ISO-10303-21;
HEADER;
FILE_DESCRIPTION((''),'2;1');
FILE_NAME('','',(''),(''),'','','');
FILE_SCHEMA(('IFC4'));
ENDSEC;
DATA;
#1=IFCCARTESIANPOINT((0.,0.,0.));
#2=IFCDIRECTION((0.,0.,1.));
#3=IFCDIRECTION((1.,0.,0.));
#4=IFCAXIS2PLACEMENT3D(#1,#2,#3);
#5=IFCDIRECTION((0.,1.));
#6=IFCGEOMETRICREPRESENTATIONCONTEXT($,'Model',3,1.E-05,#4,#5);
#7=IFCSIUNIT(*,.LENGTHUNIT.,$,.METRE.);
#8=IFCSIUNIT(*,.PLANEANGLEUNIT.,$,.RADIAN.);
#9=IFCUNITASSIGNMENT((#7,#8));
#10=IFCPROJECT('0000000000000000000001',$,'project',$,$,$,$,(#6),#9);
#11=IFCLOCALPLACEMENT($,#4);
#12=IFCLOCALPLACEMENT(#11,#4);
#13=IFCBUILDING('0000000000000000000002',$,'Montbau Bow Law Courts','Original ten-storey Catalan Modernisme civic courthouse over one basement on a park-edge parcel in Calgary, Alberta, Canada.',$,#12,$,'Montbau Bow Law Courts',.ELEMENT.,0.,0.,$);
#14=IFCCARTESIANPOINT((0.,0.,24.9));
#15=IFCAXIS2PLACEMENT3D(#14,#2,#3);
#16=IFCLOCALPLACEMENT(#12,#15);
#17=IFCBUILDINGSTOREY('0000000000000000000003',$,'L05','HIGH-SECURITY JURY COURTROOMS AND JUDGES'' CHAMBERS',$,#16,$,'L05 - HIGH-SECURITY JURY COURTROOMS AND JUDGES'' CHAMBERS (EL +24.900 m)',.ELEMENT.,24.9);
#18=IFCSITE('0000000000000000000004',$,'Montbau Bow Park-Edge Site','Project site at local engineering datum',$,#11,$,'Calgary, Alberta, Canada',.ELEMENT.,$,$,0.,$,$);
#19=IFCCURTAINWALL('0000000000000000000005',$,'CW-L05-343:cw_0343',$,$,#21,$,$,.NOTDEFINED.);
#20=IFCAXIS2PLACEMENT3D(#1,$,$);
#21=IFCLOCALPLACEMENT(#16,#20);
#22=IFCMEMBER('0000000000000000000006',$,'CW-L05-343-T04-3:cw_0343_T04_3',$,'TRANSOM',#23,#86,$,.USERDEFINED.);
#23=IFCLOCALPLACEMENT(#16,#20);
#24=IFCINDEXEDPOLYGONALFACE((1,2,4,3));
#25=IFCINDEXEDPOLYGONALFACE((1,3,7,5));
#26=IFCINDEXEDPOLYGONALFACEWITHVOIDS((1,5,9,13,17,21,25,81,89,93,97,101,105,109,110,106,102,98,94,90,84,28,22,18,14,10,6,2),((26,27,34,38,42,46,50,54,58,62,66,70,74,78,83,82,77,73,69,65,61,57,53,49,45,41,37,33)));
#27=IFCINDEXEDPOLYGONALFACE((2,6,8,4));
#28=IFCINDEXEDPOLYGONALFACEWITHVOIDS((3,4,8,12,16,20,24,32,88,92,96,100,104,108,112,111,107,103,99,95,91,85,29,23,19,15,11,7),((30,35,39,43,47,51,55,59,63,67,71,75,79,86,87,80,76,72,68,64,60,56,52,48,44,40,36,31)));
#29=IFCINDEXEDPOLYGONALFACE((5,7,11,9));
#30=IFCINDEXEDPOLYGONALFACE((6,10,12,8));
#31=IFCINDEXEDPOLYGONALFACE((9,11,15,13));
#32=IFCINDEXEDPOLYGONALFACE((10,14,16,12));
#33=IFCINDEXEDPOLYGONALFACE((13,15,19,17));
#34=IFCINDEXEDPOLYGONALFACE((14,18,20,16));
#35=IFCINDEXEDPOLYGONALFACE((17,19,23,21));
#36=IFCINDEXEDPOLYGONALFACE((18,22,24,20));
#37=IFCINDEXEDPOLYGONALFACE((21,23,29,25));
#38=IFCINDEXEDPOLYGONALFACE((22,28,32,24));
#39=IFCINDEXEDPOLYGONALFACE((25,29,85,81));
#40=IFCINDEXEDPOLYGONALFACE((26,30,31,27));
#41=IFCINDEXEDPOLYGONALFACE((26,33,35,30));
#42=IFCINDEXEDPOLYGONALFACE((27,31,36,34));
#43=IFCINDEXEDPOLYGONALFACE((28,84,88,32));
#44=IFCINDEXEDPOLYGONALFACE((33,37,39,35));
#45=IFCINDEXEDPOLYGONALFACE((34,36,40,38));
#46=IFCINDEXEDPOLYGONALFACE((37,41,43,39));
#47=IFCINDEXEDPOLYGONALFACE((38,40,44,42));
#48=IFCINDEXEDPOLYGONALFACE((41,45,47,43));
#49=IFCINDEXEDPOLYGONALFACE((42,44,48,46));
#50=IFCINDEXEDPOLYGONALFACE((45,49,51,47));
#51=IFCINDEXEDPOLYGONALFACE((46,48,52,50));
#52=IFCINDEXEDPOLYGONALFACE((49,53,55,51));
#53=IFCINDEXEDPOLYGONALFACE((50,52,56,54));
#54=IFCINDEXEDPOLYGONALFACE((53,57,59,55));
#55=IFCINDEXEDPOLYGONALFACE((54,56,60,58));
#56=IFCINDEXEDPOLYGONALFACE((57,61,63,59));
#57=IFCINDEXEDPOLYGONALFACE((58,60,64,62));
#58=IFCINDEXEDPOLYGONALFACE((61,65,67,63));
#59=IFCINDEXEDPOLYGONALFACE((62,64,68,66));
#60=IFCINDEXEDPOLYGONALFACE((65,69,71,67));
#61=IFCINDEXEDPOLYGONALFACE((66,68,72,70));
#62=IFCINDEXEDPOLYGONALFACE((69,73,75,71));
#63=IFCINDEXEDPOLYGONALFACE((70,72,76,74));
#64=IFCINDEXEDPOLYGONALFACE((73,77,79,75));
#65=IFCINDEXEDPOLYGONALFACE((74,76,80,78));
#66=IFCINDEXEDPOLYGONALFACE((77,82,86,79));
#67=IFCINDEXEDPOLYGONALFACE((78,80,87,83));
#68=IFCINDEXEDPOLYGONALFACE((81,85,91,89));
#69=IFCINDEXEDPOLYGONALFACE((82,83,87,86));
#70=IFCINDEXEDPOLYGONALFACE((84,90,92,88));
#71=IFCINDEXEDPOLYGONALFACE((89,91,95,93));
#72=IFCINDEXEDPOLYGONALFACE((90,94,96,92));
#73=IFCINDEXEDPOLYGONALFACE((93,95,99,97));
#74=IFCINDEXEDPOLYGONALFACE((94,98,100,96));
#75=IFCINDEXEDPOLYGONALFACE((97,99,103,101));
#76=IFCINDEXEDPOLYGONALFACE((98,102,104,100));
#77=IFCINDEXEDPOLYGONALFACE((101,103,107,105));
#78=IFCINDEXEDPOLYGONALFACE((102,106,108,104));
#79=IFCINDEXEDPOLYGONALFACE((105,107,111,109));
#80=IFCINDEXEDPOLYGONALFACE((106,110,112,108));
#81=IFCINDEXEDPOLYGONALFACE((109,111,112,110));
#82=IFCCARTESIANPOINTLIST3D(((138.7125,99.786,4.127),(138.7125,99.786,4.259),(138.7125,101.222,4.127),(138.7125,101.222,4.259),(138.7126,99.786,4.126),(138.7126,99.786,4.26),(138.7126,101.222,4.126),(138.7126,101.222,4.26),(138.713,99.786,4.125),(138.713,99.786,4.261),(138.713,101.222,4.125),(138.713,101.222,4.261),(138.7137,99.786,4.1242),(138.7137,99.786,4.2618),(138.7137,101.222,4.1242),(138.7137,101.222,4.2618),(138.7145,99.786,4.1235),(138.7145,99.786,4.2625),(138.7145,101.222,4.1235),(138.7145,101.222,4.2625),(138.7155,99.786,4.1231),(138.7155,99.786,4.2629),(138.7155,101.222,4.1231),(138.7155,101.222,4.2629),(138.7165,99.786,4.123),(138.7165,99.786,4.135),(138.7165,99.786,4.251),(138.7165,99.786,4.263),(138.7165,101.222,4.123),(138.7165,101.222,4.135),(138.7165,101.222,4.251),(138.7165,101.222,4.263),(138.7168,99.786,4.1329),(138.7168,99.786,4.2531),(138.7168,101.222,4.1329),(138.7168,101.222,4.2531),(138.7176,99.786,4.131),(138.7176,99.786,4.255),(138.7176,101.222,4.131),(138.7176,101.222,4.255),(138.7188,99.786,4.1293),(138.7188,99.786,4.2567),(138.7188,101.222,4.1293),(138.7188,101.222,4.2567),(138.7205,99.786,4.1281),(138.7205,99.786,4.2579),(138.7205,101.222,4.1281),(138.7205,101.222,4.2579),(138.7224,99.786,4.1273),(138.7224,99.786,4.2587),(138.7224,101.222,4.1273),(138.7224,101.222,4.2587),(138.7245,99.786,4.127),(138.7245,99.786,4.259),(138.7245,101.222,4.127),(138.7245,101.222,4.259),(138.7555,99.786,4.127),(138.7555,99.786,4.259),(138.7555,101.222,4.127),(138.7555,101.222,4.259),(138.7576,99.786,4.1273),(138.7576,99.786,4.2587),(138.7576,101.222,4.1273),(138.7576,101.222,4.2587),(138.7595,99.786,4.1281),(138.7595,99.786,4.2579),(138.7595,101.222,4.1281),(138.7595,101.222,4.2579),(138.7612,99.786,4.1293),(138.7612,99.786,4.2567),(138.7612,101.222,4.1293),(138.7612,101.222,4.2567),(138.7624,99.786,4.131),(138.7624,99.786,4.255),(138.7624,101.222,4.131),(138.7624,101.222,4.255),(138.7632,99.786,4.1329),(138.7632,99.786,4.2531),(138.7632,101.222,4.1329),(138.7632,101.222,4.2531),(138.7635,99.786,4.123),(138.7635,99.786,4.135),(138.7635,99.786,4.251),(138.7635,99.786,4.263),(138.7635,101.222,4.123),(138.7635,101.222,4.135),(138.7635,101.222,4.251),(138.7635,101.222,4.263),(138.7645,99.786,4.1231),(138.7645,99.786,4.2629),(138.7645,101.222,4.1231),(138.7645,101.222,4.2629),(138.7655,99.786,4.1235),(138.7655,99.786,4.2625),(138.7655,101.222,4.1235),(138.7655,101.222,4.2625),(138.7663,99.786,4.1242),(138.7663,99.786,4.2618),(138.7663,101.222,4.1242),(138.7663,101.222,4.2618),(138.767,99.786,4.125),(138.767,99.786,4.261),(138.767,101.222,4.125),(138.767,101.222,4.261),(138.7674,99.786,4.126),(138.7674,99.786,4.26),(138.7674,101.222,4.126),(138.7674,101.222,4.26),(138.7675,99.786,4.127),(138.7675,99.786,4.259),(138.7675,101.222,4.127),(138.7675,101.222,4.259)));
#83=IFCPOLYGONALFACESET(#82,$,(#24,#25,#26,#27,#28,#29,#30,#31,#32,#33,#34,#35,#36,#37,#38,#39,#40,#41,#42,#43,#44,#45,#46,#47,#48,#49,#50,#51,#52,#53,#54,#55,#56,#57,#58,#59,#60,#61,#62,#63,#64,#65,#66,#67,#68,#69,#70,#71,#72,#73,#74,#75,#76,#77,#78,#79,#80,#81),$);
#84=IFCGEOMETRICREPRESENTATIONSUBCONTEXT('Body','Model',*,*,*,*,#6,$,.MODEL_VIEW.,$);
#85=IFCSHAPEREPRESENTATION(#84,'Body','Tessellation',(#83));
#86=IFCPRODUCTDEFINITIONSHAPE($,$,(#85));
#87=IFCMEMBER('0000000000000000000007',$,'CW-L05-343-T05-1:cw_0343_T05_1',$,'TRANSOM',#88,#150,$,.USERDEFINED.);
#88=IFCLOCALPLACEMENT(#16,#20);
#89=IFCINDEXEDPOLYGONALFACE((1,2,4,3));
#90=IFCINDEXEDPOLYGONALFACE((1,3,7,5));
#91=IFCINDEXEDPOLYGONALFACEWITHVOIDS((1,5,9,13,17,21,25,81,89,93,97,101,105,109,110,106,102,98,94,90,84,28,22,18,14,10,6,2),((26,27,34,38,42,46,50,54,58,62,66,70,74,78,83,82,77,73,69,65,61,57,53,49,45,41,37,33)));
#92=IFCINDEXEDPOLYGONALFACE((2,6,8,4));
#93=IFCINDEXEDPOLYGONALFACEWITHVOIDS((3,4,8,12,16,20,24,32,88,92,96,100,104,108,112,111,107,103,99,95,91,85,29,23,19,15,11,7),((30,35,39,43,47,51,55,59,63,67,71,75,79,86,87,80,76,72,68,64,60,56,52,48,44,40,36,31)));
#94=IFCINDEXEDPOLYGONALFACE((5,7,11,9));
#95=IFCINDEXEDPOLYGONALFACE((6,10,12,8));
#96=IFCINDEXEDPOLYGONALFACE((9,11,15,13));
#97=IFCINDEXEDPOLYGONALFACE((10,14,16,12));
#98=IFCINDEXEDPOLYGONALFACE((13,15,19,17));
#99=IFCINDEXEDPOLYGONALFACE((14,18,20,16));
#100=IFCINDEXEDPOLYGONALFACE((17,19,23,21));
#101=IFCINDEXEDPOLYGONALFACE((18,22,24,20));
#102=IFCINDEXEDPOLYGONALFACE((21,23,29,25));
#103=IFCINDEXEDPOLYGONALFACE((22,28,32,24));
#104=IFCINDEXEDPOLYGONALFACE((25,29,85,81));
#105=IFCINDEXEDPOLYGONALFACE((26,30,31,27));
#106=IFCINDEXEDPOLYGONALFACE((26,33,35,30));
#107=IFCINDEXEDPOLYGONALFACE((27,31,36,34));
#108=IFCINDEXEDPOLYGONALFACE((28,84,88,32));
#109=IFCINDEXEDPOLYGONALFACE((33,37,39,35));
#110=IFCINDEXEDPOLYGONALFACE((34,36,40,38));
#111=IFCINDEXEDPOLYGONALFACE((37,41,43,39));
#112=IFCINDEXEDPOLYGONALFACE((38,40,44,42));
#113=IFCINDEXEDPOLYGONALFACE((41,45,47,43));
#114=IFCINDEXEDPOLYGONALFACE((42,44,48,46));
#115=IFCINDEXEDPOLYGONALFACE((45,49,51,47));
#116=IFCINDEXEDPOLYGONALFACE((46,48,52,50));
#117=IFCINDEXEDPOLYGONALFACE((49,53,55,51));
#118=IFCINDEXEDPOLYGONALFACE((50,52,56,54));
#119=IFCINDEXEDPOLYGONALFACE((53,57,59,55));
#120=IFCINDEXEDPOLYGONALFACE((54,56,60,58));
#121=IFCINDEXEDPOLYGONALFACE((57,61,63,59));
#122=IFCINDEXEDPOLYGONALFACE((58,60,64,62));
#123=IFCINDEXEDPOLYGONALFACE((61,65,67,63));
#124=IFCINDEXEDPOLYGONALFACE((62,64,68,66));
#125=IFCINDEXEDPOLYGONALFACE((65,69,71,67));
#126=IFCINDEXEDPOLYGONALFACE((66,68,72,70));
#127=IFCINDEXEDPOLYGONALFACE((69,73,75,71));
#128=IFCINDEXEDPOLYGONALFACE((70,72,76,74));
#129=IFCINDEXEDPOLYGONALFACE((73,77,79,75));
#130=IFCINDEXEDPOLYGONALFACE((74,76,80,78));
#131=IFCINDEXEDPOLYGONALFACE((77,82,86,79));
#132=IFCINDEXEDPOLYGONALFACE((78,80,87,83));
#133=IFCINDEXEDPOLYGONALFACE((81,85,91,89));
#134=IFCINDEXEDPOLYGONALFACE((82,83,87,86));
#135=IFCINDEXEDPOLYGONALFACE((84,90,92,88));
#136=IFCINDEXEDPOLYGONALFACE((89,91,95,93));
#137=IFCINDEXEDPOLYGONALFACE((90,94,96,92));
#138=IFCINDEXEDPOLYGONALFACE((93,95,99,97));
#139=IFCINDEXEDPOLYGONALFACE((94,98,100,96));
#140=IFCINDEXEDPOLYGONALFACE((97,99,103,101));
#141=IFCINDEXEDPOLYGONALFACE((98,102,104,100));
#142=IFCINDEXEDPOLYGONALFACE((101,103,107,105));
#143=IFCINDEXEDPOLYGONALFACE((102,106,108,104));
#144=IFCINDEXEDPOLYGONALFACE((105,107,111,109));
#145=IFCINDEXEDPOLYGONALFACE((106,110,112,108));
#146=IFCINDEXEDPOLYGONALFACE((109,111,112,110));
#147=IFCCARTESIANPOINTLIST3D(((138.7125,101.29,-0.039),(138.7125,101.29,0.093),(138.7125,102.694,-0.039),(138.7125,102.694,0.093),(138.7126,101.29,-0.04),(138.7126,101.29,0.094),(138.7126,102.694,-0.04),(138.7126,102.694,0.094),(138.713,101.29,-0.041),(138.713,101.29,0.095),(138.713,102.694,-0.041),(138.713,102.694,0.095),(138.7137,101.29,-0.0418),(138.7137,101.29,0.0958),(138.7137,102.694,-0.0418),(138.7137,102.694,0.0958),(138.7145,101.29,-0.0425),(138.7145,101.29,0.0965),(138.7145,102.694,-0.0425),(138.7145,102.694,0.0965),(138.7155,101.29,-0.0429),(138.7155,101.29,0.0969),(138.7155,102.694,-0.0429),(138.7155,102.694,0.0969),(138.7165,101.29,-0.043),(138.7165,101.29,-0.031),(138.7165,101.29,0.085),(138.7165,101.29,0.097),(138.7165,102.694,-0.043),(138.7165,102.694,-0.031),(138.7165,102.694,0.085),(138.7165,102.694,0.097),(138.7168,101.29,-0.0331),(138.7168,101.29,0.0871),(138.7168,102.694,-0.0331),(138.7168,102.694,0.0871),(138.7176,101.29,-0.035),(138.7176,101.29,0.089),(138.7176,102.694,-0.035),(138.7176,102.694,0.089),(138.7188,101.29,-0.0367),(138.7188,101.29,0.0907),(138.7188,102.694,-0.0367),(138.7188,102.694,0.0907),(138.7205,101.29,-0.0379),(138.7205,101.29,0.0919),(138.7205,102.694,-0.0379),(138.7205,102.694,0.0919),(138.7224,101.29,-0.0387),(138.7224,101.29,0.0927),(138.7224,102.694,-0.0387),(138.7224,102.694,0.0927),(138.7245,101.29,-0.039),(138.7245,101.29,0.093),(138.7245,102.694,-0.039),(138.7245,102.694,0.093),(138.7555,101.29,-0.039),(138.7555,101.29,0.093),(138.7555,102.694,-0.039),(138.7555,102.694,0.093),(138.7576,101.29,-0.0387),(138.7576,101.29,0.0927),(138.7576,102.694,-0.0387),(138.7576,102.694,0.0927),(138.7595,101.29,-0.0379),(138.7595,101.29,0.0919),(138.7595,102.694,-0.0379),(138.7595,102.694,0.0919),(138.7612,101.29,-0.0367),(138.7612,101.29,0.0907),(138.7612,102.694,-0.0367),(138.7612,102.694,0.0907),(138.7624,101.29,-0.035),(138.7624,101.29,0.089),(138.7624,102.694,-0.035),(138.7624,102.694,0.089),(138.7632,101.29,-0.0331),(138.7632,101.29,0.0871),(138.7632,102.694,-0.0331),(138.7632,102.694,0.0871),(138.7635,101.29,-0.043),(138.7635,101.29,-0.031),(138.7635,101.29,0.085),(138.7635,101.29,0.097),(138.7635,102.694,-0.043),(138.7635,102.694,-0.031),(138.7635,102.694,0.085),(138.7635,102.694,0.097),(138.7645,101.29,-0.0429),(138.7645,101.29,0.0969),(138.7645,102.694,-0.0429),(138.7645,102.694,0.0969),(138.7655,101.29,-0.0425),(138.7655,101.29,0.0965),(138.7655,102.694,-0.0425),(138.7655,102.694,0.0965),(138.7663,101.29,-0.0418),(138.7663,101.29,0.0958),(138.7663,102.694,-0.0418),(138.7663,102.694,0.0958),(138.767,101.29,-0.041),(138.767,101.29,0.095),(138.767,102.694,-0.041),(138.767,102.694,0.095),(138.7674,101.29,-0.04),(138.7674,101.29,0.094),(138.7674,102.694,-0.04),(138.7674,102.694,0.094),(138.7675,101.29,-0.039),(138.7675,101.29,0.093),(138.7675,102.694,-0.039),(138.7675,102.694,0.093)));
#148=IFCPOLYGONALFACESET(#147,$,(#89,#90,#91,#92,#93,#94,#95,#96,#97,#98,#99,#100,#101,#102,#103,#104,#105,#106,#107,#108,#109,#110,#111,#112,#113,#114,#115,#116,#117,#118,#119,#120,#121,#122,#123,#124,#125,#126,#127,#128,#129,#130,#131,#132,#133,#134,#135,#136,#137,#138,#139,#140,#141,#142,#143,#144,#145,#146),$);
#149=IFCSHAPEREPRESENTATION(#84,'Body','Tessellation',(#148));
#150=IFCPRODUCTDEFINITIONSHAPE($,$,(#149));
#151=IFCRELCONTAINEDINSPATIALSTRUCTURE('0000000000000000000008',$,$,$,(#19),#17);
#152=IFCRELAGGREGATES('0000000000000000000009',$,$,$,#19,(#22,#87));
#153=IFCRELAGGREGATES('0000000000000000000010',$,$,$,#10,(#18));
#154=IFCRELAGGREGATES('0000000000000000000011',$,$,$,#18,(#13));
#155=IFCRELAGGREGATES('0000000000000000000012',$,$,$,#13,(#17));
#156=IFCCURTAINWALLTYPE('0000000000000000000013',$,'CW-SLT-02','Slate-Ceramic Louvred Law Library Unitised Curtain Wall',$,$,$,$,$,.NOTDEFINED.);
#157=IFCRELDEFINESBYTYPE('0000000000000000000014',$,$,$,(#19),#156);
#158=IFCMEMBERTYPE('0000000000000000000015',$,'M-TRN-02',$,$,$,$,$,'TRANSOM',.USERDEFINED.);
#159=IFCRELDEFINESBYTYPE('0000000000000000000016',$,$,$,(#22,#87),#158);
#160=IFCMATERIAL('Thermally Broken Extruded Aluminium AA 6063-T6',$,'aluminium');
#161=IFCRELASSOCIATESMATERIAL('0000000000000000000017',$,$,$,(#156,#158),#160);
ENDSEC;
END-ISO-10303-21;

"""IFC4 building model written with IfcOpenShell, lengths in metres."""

from ifc_helpers import new_model, si_unit, direction, frame, origin_with_axes, origin_2d_with_axis, place, context, subcontext, project, spatial, hollow_rectangle, extrude, material, material_profile, profile_set, type_object, element, aggregate, save


model = new_model("IFC4")

# Units and contexts
model_context = context("Model", 3, precision=1e-05, world=origin_with_axes(), true_north=direction((0.0, 1.0)))
body_context = subcontext(model_context, "Body", "Model", "MODEL_VIEW")
ifc_project = project(units=[si_unit("LENGTHUNIT", "METRE"), si_unit("PLANEANGLEUNIT", "RADIAN")], contexts=[model_context])

# Site, building, storey
site_placement = place(None, origin_with_axes())
site = spatial("IfcSite", under=ifc_project, at=site_placement, Name="Montbau Bow Park-Edge Site", Description="Project site at local engineering datum", LongName="Calgary, Alberta, Canada", CompositionType="ELEMENT", RefElevation=0.0)
building_placement = place(site_placement, origin_with_axes())
building = spatial("IfcBuilding", under=site, at=building_placement, Name="Montbau Bow Law Courts", Description="Original ten-storey Catalan Modernisme civic courthouse over one basement on a park-edge parcel in Calgary, Alberta, Canada.", LongName="Montbau Bow Law Courts", CompositionType="ELEMENT", ElevationOfRefHeight=0.0, ElevationOfTerrain=0.0)
storey_placement = place(building_placement, frame((0.0, 0.0, 24.9), z_axis=(0.0, 0.0, 1.0), x_axis=(1.0, 0.0, 0.0)))
storey = spatial("IfcBuildingStorey", under=building, at=storey_placement, Name="L05", Description="HIGH-SECURITY JURY COURTROOMS AND JUDGES' CHAMBERS", LongName="L05 - HIGH-SECURITY JURY COURTROOMS AND JUDGES' CHAMBERS (EL +24.900 m)", CompositionType="ELEMENT", Elevation=24.9)

# Curtain wall, members
ifc_material_1 = material(Name="Thermally Broken Extruded Aluminium AA 6063-T6", Category="aluminium")
curtain_wall_type = type_object("IfcCurtainWallType", Name="CW-SLT-02", Description="Slate-Ceramic Louvred Law Library Unitised Curtain Wall", PredefinedType="NOTDEFINED", material=ifc_material_1)
curtain_wall_placement = place(None, frame((138.74, 95.24, 24.9), z_axis=(0.0, 0.0, 1.0), x_axis=(1.0, 0.0, 0.0)))
curtain_wall = element("IfcCurtainWall", 1, at=curtain_wall_placement, inside=storey, type_object=curtain_wall_type, Name="CW-L05-343:cw_0343", PredefinedType="NOTDEFINED")
ifc_material_profile_1 = material_profile(ifc_material_1, hollow_rectangle(XDim=0.055, YDim=0.14, WallThickness=0.004, InnerFilletRadius=0.008, OuterFilletRadius=0.004, at=origin_2d_with_axis()), Name="CWT-140X55", Category="Main", Priority=0)
ifc_profile_set_1 = profile_set([ifc_material_profile_1], Name="Thermally Broken Extruded Aluminium AA 6063-T6")
member_type_1 = type_object("IfcMemberType", Name="M-TRN-02", ElementType="TRANSOM", PredefinedType="USERDEFINED", material=ifc_profile_set_1)
member_1_placement = place(None, frame((138.74, 99.786, 29.093), z_axis=(0.0, 1.0, 0.0), x_axis=(-1.0, 0.0, 0.0)))
member_1 = element("IfcMember", 2, at=member_1_placement, type_object=member_type_1, Name="CW-L05-343-T04-3:cw_0343_T04_3", ObjectType="TRANSOM", PredefinedType="USERDEFINED", context=body_context, shape_type="SweptSolid", body=[
    extrude(hollow_rectangle(XDim=0.055, YDim=0.14, WallThickness=0.004, InnerFilletRadius=0.008, OuterFilletRadius=0.004, at=origin_2d_with_axis()), origin_with_axes(), (0.0, 0.0, 1.0), 1.436),
])
member_2_placement = place(None, frame((138.74, 101.29, 24.927), z_axis=(0.0, 1.0, 0.0), x_axis=(-1.0, 0.0, 0.0)))
member_2 = element("IfcMember", 3, at=member_2_placement, type_object=member_type_1, Name="CW-L05-343-T05-1:cw_0343_T05_1", ObjectType="TRANSOM", PredefinedType="USERDEFINED", context=body_context, shape_type="SweptSolid", body=[
    extrude(hollow_rectangle(XDim=0.055, YDim=0.14, WallThickness=0.004, InnerFilletRadius=0.008, OuterFilletRadius=0.004, at=origin_2d_with_axis()), origin_with_axes(), (0.0, 0.0, 1.0), 1.404),
])
aggregate(curtain_wall, [member_1, member_2])

save(model, "model.ifc")
